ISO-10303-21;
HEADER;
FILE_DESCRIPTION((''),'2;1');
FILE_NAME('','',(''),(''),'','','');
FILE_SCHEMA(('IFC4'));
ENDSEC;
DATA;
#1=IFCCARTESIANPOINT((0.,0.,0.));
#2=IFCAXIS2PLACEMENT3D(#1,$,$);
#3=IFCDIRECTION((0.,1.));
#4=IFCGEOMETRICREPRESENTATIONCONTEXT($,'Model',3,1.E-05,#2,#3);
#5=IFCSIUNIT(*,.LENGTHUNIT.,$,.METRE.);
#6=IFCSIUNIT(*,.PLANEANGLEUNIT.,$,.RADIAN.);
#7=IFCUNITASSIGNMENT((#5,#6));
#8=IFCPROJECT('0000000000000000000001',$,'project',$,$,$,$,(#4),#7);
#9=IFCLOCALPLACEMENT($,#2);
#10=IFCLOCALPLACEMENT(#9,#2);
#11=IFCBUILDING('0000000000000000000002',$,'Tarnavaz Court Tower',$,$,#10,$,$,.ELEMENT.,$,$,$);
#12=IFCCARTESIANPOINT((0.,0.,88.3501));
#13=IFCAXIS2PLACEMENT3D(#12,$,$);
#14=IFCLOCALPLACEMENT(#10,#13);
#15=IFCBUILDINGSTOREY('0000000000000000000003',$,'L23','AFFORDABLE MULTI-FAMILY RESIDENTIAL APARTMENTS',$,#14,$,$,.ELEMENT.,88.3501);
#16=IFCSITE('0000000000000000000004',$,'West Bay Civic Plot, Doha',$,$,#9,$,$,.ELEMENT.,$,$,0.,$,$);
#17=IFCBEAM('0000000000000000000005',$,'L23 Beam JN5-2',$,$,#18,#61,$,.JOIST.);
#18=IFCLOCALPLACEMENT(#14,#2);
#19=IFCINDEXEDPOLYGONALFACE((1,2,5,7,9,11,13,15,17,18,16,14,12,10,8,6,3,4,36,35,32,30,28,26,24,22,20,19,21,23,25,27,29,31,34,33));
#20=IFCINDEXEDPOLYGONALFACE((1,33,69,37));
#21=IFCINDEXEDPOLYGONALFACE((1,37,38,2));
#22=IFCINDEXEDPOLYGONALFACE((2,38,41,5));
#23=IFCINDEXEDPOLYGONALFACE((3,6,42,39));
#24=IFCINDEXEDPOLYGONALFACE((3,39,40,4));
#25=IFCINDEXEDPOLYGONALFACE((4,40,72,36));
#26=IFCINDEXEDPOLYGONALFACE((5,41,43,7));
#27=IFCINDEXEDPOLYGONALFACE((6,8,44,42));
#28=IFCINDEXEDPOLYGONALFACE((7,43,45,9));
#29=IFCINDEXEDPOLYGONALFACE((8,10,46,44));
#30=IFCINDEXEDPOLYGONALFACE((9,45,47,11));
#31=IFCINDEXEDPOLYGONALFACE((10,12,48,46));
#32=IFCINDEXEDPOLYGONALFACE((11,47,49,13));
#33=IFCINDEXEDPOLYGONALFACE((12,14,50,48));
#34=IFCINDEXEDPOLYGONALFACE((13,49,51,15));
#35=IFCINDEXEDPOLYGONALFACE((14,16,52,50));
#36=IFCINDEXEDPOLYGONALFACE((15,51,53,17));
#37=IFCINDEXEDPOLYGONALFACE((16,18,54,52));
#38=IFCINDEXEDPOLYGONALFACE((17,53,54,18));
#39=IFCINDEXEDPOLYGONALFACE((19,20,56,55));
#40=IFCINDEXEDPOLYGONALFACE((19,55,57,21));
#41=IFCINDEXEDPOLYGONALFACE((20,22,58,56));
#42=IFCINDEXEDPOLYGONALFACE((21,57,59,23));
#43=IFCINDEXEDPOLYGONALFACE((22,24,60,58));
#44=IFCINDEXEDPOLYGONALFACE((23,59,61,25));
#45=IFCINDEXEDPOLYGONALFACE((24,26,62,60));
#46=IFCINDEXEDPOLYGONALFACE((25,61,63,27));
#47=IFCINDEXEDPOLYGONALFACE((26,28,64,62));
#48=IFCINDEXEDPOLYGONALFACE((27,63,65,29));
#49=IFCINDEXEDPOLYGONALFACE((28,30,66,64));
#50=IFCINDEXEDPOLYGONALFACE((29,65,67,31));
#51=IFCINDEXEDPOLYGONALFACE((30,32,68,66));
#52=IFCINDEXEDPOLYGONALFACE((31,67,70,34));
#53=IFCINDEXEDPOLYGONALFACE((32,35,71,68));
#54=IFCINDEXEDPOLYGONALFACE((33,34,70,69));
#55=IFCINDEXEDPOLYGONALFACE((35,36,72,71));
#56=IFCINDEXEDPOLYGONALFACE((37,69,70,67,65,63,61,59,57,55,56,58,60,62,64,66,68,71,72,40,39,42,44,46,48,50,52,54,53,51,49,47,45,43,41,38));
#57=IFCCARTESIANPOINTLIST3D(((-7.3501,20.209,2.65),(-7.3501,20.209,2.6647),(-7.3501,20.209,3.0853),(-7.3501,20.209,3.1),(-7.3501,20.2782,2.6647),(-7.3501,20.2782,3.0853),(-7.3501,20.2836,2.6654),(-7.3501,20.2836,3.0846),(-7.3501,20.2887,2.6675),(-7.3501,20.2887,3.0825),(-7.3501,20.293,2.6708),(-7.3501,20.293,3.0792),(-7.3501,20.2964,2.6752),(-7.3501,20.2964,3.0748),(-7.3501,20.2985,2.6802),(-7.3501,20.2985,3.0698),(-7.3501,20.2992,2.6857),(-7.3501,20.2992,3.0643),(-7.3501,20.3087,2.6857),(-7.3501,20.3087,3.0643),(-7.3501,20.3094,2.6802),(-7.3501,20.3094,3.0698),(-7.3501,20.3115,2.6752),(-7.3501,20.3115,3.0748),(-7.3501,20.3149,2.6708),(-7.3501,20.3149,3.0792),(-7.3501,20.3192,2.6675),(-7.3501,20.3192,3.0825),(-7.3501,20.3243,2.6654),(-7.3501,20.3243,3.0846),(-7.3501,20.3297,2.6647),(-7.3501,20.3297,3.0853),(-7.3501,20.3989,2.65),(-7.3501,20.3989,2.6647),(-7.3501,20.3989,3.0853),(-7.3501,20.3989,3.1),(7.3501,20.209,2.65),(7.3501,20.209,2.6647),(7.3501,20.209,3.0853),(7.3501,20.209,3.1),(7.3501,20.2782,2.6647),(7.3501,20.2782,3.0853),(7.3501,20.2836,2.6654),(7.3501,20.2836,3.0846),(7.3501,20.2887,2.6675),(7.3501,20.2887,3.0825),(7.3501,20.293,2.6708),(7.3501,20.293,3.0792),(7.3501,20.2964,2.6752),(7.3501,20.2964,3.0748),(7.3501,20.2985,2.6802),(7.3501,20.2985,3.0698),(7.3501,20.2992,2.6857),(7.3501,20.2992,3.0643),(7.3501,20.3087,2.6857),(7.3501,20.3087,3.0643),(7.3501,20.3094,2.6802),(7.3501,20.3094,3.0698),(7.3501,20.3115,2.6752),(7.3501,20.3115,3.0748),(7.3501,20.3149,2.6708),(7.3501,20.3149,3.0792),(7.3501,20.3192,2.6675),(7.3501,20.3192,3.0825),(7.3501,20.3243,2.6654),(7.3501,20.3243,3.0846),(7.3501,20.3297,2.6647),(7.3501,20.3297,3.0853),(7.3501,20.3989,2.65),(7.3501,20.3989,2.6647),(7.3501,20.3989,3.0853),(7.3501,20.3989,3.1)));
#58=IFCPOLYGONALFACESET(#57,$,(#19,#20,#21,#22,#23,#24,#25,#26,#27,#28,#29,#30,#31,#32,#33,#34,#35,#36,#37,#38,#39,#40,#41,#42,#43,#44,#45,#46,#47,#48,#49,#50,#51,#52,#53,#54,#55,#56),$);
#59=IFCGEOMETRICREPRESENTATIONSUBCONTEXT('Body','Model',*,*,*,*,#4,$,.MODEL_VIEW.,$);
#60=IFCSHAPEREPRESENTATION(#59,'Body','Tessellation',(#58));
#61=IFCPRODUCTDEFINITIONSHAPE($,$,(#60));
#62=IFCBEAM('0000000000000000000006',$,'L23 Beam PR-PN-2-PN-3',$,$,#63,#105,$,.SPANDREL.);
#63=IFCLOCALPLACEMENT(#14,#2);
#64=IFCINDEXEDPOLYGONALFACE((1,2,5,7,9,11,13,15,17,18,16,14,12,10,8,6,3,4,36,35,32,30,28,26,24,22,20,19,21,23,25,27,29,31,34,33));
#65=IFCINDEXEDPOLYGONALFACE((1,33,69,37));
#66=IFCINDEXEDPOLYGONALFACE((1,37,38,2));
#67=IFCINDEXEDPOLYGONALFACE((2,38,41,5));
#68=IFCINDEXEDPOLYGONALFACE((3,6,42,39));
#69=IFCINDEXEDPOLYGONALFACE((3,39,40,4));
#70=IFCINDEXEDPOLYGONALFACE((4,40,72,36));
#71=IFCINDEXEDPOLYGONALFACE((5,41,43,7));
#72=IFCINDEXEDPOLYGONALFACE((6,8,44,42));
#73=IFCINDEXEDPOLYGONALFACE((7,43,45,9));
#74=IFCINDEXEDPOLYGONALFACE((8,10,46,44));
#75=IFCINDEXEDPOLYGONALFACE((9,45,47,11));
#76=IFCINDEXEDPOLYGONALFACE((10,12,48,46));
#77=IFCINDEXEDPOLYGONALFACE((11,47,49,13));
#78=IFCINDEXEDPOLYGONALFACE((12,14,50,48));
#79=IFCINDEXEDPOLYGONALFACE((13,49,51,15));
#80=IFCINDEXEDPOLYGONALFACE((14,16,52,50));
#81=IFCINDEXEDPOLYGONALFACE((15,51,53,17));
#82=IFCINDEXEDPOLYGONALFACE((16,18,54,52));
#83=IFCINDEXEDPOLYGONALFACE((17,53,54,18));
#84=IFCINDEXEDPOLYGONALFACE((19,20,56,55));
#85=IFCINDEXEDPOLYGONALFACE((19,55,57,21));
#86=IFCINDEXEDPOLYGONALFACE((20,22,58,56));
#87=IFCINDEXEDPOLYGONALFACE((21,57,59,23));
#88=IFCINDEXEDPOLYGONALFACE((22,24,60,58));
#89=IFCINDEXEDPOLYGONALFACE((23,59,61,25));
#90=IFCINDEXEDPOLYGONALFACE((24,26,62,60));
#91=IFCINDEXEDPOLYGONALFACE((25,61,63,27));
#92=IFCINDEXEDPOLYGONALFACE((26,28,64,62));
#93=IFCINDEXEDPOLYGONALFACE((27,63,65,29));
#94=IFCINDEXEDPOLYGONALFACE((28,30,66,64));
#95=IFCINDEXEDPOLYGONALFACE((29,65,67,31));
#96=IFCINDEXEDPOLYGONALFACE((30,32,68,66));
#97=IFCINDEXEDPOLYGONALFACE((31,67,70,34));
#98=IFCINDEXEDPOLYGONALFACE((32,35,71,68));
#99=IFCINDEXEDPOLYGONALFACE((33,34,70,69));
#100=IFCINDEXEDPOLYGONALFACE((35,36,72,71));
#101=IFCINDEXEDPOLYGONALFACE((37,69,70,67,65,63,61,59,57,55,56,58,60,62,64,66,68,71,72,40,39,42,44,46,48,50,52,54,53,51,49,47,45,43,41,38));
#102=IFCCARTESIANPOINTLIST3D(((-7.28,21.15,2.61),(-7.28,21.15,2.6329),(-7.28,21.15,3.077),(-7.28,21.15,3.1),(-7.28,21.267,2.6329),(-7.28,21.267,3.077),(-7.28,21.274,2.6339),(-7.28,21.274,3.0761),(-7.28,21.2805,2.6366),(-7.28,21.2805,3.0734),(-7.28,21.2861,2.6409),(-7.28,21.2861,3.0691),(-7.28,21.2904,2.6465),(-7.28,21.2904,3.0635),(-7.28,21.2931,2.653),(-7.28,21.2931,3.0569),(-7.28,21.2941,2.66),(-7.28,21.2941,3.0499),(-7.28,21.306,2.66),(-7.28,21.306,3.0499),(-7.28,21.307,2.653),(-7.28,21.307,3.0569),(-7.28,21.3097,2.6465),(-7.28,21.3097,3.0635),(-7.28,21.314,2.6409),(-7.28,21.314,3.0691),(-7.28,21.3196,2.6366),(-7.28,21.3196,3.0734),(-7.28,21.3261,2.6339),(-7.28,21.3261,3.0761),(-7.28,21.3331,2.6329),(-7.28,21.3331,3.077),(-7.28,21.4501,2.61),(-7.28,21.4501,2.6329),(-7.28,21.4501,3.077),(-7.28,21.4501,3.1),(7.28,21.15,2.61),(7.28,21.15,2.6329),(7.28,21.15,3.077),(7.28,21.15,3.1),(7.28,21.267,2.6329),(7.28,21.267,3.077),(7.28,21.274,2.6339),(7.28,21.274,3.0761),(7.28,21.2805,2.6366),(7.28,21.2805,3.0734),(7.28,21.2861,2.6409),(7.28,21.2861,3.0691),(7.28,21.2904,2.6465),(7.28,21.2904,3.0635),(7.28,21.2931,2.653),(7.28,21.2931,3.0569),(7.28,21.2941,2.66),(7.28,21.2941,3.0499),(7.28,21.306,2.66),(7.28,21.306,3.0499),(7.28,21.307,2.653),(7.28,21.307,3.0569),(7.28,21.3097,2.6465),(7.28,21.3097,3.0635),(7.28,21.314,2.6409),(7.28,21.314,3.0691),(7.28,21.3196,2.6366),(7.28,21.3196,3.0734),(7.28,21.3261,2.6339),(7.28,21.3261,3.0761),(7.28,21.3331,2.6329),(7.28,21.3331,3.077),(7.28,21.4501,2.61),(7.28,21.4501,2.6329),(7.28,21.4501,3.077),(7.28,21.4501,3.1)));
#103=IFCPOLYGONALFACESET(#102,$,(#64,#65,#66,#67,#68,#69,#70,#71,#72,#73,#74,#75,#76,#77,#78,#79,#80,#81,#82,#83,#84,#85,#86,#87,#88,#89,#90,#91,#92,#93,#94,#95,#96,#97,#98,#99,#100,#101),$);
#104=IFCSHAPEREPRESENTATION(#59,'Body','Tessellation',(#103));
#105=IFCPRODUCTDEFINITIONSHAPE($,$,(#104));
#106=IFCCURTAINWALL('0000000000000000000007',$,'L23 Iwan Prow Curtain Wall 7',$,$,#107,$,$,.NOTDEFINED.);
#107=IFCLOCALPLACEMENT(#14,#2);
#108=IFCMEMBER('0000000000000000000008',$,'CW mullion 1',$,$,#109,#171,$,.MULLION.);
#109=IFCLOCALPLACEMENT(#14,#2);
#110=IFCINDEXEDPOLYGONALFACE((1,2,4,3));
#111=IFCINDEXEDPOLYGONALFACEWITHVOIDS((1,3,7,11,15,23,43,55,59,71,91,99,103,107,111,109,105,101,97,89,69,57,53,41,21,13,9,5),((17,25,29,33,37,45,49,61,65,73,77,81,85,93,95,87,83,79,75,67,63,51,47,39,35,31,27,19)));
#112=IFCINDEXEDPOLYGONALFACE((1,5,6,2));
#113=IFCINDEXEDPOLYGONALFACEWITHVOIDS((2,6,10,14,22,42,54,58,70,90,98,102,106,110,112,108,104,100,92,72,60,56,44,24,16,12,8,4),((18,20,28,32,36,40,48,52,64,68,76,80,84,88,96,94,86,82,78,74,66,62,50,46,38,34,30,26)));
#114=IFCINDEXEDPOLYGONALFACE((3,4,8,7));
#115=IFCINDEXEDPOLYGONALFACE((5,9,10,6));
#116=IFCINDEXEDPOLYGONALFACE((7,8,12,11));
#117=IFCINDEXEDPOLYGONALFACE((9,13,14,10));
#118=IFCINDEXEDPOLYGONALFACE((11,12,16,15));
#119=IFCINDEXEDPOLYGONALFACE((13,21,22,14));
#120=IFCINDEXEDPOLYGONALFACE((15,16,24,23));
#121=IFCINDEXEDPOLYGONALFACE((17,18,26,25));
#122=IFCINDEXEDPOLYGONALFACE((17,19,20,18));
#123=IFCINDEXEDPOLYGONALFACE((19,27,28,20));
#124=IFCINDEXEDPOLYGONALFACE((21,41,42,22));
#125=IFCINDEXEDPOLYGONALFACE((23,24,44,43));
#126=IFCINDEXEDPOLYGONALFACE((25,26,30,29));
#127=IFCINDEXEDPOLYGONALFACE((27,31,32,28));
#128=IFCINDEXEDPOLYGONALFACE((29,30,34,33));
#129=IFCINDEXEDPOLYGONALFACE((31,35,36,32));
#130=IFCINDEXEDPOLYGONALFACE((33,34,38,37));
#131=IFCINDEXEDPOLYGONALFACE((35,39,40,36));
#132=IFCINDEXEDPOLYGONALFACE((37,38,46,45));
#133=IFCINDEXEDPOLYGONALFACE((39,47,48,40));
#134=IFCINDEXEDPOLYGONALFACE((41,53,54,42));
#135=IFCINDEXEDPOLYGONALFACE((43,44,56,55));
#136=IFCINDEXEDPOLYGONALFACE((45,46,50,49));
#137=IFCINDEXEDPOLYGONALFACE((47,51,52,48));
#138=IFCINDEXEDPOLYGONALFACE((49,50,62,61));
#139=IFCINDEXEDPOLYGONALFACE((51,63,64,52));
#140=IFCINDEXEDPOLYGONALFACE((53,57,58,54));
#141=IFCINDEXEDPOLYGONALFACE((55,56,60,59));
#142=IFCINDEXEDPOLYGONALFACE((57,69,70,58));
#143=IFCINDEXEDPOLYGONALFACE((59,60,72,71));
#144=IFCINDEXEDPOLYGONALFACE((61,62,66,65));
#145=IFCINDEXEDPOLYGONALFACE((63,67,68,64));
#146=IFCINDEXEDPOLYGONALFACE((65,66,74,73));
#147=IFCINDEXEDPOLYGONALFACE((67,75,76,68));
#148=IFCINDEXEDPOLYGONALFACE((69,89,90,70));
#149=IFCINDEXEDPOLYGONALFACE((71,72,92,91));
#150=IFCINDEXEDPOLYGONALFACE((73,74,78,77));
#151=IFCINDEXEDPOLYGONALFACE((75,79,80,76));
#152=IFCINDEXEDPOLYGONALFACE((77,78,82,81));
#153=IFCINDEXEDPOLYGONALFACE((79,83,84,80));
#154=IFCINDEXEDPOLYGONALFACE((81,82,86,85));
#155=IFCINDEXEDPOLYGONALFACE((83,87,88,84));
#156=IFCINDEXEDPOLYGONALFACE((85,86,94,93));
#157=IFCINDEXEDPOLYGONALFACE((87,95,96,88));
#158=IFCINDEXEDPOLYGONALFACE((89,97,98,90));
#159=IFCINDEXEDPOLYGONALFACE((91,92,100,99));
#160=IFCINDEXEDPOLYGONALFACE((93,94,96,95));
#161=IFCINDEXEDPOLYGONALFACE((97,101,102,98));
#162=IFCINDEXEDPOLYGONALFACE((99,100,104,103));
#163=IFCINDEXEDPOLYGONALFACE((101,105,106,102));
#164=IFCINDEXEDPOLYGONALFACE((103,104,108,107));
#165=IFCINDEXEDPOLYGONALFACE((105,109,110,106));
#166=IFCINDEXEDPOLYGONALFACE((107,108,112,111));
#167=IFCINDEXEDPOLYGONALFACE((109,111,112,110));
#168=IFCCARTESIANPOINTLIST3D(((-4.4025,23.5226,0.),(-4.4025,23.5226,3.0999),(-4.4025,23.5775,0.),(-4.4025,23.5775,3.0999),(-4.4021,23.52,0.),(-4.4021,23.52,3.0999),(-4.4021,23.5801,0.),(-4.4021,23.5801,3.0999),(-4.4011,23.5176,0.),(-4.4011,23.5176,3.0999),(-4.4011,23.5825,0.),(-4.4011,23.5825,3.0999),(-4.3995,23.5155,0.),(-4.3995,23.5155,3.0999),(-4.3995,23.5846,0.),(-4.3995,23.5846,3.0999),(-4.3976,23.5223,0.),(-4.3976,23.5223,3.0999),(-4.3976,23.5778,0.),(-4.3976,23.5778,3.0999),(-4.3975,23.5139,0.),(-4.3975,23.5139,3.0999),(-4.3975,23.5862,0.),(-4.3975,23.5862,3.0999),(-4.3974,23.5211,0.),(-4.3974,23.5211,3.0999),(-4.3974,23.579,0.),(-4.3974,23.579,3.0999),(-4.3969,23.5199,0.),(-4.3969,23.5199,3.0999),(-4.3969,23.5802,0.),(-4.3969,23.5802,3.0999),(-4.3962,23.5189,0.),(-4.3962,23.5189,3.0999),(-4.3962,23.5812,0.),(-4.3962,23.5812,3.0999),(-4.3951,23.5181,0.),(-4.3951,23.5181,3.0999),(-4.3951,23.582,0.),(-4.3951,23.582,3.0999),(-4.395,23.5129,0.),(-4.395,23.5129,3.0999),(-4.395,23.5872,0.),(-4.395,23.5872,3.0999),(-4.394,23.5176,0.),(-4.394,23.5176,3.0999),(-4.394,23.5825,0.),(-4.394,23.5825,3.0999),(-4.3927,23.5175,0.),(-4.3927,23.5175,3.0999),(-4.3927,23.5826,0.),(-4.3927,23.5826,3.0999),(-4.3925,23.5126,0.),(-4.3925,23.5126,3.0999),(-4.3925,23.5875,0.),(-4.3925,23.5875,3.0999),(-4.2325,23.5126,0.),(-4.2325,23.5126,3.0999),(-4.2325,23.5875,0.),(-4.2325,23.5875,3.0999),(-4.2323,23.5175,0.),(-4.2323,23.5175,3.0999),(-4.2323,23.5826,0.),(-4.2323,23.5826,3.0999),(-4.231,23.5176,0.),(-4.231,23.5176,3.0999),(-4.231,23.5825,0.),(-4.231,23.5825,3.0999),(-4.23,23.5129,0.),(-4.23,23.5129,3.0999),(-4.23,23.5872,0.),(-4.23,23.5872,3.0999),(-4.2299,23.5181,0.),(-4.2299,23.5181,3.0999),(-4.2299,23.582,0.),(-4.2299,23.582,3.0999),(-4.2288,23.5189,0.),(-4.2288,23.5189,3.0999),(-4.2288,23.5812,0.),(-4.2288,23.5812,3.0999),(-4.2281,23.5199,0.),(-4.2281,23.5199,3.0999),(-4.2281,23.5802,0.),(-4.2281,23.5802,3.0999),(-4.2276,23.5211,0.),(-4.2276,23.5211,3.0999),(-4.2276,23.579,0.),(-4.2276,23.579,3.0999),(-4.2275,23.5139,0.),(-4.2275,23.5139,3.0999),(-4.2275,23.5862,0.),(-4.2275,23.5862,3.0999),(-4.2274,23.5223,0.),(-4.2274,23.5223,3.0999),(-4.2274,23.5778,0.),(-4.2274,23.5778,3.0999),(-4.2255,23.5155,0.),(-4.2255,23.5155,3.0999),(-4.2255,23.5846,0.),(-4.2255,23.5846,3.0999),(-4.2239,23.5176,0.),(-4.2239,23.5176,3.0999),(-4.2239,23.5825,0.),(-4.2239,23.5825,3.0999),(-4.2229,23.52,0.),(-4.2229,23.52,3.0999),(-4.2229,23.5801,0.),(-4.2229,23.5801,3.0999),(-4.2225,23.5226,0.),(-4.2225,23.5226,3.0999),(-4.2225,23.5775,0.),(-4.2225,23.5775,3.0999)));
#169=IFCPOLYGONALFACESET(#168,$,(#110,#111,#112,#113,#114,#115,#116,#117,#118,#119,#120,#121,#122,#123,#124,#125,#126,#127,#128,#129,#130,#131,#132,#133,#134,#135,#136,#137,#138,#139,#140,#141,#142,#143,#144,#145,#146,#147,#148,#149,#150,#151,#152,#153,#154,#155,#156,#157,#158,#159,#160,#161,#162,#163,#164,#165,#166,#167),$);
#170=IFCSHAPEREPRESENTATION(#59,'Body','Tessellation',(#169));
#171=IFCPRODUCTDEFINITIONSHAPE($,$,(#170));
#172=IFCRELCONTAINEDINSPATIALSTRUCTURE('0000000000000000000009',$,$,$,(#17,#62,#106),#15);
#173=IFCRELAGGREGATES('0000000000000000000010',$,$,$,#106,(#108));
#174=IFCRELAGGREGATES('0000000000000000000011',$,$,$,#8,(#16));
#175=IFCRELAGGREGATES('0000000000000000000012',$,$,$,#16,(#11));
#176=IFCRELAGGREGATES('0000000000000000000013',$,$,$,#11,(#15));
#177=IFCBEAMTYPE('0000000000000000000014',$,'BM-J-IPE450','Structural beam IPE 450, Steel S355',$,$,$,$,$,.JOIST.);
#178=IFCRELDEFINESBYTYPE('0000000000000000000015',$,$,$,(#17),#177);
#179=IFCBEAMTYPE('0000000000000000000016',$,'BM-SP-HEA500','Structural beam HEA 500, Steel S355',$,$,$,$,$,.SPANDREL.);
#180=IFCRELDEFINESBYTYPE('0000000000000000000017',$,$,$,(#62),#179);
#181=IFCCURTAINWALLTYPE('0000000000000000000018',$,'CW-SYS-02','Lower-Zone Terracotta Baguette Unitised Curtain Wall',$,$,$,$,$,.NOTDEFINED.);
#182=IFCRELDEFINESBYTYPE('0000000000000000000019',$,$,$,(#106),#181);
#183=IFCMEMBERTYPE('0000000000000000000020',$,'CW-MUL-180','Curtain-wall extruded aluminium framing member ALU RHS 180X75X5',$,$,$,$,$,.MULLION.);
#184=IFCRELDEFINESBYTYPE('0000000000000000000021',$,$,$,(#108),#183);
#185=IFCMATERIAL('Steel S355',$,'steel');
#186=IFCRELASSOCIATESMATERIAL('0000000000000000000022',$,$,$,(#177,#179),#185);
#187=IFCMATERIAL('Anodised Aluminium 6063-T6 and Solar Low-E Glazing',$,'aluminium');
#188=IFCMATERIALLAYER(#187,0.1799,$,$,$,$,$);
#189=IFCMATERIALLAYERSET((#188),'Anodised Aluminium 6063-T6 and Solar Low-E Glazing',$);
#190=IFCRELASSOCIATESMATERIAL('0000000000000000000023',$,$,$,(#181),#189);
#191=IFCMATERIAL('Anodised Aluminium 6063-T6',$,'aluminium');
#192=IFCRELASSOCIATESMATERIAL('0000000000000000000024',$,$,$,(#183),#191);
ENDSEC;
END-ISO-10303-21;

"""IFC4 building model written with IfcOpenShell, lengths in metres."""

from ifc_helpers import new_model, si_unit, direction, frame, origin, origin_2d, place, context, subcontext, project, spatial, hollow_rectangle, i_section, extrude, material, layer, layer_set, material_profile, profile_set, type_object, element, aggregate, save


model = new_model("IFC4")

# Units and contexts
model_context = context("Model", 3, precision=1e-05, world=origin(), true_north=direction((0.0, 1.0)))
body_context = subcontext(model_context, "Body", "Model", "MODEL_VIEW")
ifc_project = project(units=[si_unit("LENGTHUNIT", "METRE"), si_unit("PLANEANGLEUNIT", "RADIAN")], contexts=[model_context])

# Site, building, storey
site_placement = place(None, origin())
site = spatial("IfcSite", under=ifc_project, at=site_placement, Name="West Bay Civic Plot, Doha", CompositionType="ELEMENT", RefElevation=0.0)
building_placement = place(site_placement, origin())
building = spatial("IfcBuilding", under=site, at=building_placement, Name="Tarnavaz Court Tower", CompositionType="ELEMENT")
storey_placement = place(building_placement, frame((0.0, 0.0, 88.3501)))
storey = spatial("IfcBuildingStorey", under=building, at=storey_placement, Name="L23", Description="AFFORDABLE MULTI-FAMILY RESIDENTIAL APARTMENTS", CompositionType="ELEMENT", Elevation=88.3501)

# Beams
ifc_material_1 = material(Name="Steel S355", Category="steel")
ifc_material_profile_1 = material_profile(ifc_material_1, i_section(OverallWidth=0.1899, OverallDepth=0.45, WebThickness=0.0095, FlangeThickness=0.0146, FilletRadius=0.021, at=origin_2d()), Name="IPE 450")
ifc_profile_set_1 = profile_set([ifc_material_profile_1], Name="Steel S355")
beam_type_1 = type_object("IfcBeamType", Name="BM-J-IPE450", Description="Structural beam IPE 450, Steel S355", PredefinedType="JOIST", material=ifc_profile_set_1)
for number, where, z_axis, x_axis, name in (
    (1, (-7.3501, 20.304, 2.875), (1.0, 0.0, 0.0), (0.0, 1.0, 0.0), "L23 Beam JN5-2"),
):
    element("IfcBeam", number, at=place(storey_placement, frame(where, z_axis=z_axis, x_axis=x_axis)), inside=storey, type_object=beam_type_1, Name=name, PredefinedType="JOIST", context=body_context, shape_type="SweptSolid", body=[
        extrude(i_section(OverallWidth=0.1899, OverallDepth=0.45, WebThickness=0.0095, FlangeThickness=0.0146, FilletRadius=0.021, at=origin_2d()), origin(), (0.0, 0.0, 1.0), 14.7002),
    ])
ifc_material_profile_2 = material_profile(ifc_material_1, i_section(OverallWidth=0.3, OverallDepth=0.49, WebThickness=0.012, FlangeThickness=0.0229, FilletRadius=0.0271, at=origin_2d()), Name="HEA 500")
ifc_profile_set_2 = profile_set([ifc_material_profile_2], Name="Steel S355")
beam_type_2 = type_object("IfcBeamType", Name="BM-SP-HEA500", Description="Structural beam HEA 500, Steel S355", PredefinedType="SPANDREL", material=ifc_profile_set_2)
beam_placement = place(storey_placement, frame((-7.28, 21.3, 2.855), z_axis=(1.0, 0.0, 0.0), x_axis=(0.0, 1.0, 0.0)))
element("IfcBeam", 2, at=beam_placement, inside=storey, type_object=beam_type_2, Name="L23 Beam PR-PN-2-PN-3", PredefinedType="SPANDREL", context=body_context, shape_type="SweptSolid", body=[
    extrude(i_section(OverallWidth=0.3, OverallDepth=0.49, WebThickness=0.012, FlangeThickness=0.0229, FilletRadius=0.0271, at=origin_2d()), origin(), (0.0, 0.0, 1.0), 14.5601),
])

# Curtain wall, member
ifc_material_2 = material(Name="Anodised Aluminium 6063-T6 and Solar Low-E Glazing", Category="aluminium")
ifc_layer_1 = layer(ifc_material_2, 0.1799)
ifc_layer_set_1 = layer_set([ifc_layer_1], Name="Anodised Aluminium 6063-T6 and Solar Low-E Glazing")
curtain_wall_type = type_object("IfcCurtainWallType", Name="CW-SYS-02", Description="Lower-Zone Terracotta Baguette Unitised Curtain Wall", PredefinedType="NOTDEFINED", material=ifc_layer_set_1)
curtain_wall_placement = place(storey_placement, origin())
curtain_wall = element("IfcCurtainWall", 3, at=curtain_wall_placement, inside=storey, type_object=curtain_wall_type, Name="L23 Iwan Prow Curtain Wall 7", PredefinedType="NOTDEFINED")
ifc_material_3 = material(Name="Anodised Aluminium 6063-T6", Category="aluminium")
ifc_material_profile_3 = material_profile(ifc_material_3, hollow_rectangle(XDim=0.075, YDim=0.1799, WallThickness=0.0049, InnerFilletRadius=0.0049, OuterFilletRadius=0.01, at=origin_2d()), Name="ALU RHS 180X75X5")
ifc_profile_set_3 = profile_set([ifc_material_profile_3], Name="Anodised Aluminium 6063-T6")
member_type_1 = type_object("IfcMemberType", Name="CW-MUL-180", Description="Curtain-wall extruded aluminium framing member ALU RHS 180X75X5", PredefinedType="MULLION", material=ifc_profile_set_3)
member_1_placement = place(storey_placement, frame((-4.3125, 23.55, 0.0), z_axis=(0.0, 0.0, 1.0), x_axis=(0.0, 1.0, 0.0)))
member_1 = element("IfcMember", 4, at=member_1_placement, type_object=member_type_1, Name="CW mullion 1", PredefinedType="MULLION", context=body_context, shape_type="SweptSolid", body=[
    extrude(hollow_rectangle(XDim=0.075, YDim=0.1799, WallThickness=0.0049, InnerFilletRadius=0.0049, OuterFilletRadius=0.01, at=origin_2d()), origin(), (0.0, 0.0, 1.0), 3.0999),
])
aggregate(curtain_wall, [member_1])

save(model, "model.ifc")
